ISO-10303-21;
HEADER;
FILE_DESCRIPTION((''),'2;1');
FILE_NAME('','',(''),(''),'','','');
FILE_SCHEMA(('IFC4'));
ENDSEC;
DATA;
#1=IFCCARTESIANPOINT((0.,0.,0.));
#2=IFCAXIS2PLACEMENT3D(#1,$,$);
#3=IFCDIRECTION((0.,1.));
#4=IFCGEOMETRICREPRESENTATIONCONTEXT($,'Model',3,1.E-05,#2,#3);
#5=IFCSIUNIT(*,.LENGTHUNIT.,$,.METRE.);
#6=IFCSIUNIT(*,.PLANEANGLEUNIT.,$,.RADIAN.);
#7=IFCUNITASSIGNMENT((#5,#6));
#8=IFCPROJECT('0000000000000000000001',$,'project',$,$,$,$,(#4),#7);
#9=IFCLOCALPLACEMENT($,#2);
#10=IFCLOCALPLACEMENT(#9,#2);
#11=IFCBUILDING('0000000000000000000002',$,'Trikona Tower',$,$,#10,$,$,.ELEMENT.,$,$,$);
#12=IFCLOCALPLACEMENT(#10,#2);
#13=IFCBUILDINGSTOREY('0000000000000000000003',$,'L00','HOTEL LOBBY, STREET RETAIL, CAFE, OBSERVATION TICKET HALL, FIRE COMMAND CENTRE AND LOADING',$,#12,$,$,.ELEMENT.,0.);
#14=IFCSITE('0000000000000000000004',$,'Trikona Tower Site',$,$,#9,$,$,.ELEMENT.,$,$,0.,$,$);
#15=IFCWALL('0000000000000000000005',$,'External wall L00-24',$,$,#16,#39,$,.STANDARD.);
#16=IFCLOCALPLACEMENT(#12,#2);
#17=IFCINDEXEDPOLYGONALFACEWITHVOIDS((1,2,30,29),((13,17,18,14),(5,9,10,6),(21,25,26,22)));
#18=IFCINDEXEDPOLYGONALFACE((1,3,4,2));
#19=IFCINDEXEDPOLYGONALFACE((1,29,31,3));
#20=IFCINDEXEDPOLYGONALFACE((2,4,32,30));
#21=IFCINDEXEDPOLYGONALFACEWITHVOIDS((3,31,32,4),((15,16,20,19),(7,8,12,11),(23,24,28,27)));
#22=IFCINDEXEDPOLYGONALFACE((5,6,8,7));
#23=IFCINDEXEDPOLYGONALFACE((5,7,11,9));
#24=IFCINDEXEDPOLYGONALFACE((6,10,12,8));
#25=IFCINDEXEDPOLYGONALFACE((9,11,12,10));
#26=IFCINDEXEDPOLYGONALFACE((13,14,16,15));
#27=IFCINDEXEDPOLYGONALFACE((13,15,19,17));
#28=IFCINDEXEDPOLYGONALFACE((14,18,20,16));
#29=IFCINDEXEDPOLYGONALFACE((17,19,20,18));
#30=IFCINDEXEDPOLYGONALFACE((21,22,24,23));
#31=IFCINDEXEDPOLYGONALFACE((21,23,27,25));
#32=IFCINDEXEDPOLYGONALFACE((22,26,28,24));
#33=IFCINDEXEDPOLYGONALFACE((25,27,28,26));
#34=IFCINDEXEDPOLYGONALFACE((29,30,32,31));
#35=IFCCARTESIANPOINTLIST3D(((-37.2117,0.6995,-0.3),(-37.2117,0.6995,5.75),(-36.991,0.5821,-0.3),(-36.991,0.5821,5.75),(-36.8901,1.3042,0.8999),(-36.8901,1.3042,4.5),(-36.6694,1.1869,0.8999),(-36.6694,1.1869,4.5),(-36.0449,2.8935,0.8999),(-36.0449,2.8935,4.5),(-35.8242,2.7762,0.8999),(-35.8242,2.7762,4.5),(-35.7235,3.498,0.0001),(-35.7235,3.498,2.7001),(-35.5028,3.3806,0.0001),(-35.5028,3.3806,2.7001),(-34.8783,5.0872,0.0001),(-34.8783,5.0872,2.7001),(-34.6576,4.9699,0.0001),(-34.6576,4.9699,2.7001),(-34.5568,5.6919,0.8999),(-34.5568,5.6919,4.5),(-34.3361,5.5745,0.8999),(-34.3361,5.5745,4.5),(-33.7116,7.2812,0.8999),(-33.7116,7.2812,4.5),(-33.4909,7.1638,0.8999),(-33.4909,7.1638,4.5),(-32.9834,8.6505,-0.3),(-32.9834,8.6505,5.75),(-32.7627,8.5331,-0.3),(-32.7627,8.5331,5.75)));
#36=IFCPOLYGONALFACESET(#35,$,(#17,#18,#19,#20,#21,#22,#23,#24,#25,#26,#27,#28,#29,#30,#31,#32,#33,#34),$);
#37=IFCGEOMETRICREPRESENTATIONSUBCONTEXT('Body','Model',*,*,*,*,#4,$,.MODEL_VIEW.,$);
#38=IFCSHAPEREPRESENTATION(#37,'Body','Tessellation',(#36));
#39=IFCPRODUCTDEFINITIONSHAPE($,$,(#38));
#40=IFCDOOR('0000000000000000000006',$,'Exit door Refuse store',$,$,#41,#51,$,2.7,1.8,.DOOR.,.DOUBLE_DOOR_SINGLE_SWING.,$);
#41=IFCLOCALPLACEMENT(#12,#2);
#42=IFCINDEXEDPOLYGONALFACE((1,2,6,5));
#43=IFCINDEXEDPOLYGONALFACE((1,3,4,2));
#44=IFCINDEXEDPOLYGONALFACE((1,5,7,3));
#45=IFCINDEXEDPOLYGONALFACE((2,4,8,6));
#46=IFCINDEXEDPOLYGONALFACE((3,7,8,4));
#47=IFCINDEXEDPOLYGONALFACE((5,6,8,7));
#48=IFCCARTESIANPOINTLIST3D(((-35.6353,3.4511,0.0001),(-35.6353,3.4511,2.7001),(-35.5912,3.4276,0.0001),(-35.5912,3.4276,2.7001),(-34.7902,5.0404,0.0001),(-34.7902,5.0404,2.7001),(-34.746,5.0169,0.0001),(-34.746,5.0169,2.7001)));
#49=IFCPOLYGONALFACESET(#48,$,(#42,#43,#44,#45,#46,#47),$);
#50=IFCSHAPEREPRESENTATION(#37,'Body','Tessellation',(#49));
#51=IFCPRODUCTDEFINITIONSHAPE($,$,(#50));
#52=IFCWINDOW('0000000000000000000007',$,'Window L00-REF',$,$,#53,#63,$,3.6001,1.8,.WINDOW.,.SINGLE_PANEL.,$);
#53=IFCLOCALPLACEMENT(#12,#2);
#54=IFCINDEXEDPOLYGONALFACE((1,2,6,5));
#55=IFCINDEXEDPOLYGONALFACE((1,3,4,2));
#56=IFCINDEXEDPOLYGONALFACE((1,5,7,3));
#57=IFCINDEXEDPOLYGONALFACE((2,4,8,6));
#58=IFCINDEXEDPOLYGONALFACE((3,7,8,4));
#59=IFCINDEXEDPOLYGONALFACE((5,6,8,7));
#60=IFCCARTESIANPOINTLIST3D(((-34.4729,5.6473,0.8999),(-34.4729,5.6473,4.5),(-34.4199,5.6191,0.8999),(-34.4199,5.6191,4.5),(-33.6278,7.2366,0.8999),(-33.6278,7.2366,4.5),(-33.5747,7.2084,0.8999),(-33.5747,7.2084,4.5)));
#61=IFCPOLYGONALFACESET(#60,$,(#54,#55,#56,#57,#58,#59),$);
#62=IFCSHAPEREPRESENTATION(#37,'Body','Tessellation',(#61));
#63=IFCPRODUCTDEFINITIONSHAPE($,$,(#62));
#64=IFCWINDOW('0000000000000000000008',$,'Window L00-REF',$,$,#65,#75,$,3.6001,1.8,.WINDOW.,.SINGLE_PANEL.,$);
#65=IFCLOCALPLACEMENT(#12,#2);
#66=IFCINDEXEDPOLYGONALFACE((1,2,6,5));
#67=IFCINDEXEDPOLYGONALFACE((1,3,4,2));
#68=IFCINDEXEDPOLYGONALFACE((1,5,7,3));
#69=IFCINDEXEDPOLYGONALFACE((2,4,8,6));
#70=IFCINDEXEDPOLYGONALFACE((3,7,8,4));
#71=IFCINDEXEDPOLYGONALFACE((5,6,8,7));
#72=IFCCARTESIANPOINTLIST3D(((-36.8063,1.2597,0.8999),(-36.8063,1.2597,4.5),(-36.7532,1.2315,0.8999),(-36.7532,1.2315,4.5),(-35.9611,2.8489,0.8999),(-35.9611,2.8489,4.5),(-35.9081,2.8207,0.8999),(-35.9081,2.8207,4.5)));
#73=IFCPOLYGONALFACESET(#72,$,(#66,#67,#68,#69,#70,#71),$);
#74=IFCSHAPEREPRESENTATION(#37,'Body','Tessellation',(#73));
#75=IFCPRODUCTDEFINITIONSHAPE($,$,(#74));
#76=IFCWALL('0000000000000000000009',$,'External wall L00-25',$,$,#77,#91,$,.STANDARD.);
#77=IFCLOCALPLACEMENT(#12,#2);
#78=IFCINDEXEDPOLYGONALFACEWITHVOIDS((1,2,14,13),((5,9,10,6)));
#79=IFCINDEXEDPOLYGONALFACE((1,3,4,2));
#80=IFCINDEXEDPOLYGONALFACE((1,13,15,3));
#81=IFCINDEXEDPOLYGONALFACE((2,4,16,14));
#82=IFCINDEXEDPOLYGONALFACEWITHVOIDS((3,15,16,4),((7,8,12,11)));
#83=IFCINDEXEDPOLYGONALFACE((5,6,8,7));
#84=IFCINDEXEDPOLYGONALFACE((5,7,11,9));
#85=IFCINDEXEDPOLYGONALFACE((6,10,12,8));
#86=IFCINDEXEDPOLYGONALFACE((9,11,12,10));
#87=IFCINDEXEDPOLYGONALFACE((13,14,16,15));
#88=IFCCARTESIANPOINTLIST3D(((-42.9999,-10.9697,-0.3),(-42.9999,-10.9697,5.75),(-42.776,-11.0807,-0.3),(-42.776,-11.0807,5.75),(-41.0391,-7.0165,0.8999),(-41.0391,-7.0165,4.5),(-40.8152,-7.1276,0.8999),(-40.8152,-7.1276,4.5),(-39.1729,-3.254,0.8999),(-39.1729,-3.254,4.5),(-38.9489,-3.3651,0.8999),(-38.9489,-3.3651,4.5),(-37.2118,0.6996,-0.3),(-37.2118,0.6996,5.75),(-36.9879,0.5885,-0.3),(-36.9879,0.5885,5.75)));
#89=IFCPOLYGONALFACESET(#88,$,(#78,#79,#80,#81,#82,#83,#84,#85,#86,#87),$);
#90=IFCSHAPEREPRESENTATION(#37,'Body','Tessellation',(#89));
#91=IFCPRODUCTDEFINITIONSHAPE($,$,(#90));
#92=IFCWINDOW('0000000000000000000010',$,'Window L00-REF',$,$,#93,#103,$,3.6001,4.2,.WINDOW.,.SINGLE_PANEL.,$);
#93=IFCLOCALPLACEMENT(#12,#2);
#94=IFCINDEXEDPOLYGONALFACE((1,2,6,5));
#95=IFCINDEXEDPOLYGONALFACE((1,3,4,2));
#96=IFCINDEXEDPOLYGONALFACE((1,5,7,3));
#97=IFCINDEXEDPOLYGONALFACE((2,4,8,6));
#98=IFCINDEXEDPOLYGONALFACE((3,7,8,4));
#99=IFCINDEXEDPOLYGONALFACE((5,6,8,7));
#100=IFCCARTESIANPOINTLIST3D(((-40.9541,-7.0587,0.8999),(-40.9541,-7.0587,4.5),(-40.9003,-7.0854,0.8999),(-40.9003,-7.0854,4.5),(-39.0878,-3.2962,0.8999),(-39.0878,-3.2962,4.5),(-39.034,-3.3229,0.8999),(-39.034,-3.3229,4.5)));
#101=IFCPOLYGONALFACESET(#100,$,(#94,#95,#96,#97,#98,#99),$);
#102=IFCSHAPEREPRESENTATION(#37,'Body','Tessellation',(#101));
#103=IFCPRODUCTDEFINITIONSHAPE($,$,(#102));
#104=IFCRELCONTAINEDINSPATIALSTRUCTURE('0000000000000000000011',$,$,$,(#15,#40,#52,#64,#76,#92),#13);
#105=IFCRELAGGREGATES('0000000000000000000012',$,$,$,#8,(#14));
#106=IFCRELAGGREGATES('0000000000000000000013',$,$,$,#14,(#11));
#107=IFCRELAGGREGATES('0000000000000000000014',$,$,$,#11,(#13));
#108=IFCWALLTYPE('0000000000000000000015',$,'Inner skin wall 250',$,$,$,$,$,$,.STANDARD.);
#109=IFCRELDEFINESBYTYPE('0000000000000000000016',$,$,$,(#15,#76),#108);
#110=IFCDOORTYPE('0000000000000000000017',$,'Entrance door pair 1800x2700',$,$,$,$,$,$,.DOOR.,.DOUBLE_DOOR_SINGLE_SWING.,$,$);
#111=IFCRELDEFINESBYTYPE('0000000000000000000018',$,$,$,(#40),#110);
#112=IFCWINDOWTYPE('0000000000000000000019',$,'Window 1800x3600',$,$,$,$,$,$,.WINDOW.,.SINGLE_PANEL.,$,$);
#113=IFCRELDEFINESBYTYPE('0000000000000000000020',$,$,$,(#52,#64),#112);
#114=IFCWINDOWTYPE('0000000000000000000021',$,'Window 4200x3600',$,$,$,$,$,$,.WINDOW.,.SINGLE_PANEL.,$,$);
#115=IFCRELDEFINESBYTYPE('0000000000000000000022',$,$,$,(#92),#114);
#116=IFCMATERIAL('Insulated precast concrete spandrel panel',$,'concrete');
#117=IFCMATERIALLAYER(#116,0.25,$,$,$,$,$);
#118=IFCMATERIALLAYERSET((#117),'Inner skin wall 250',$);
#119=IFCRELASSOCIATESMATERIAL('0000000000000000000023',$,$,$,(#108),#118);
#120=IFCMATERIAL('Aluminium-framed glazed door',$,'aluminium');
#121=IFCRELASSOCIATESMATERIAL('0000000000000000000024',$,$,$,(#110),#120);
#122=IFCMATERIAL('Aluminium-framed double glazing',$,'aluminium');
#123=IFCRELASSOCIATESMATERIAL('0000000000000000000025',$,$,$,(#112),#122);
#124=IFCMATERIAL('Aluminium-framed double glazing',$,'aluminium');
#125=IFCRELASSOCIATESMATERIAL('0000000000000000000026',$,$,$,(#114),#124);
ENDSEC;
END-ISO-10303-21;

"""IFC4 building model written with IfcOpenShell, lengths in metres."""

from ifc_helpers import new_model, si_unit, direction, frame, frame_2d, origin, place, context, subcontext, project, spatial, rectangle, extrude, material, layer, layer_set, type_object, element, fill, save


model = new_model("IFC4")

# Units and contexts
model_context = context("Model", 3, precision=1e-05, world=origin(), true_north=direction((0.0, 1.0)))
body_context = subcontext(model_context, "Body", "Model", "MODEL_VIEW")
ifc_project = project(units=[si_unit("LENGTHUNIT", "METRE"), si_unit("PLANEANGLEUNIT", "RADIAN")], contexts=[model_context])

# Site, building, storey
site_placement = place(None, origin())
site = spatial("IfcSite", under=ifc_project, at=site_placement, Name="Trikona Tower Site", CompositionType="ELEMENT", RefElevation=0.0)
building_placement = place(site_placement, origin())
building = spatial("IfcBuilding", under=site, at=building_placement, Name="Trikona Tower", CompositionType="ELEMENT")
storey_placement = place(building_placement, origin())
storey = spatial("IfcBuildingStorey", under=building, at=storey_placement, Name="L00", Description="HOTEL LOBBY, STREET RETAIL, CAFE, OBSERVATION TICKET HALL, FIRE COMMAND CENTRE AND LOADING", CompositionType="ELEMENT", Elevation=0.0)

# Shared definitions
ifc_material_1 = material(Name="Insulated precast concrete spandrel panel", Category="concrete")
ifc_layer = layer(ifc_material_1, 0.25)
ifc_layer_set = layer_set([ifc_layer], Name="Inner skin wall 250")
wall_type = type_object("IfcWallType", Name="Inner skin wall 250", PredefinedType="STANDARD", material=ifc_layer_set)
ifc_material_2 = material(Name="Aluminium-framed glazed door", Category="aluminium")
door_type = type_object("IfcDoorType", Name="Entrance door pair 1800x2700", OperationType="DOUBLE_DOOR_SINGLE_SWING", PredefinedType="DOOR", material=ifc_material_2)

# Wall, openings, door, windows
wall_1_placement = place(storey_placement, frame((-32.873, 8.5918, -0.3), z_axis=(0.0, 0.0, 1.0), x_axis=(-0.469531, -0.882916, 0.0)))
wall_1 = element("IfcWall", 1, at=wall_1_placement, inside=storey, type_object=wall_type, Name="External wall L00-24", PredefinedType="STANDARD", context=body_context, shape_type="SweptSolid", body=[
    extrude(rectangle(XDim=9.0054, YDim=0.25, at=frame_2d((4.5027, 0.0))), origin(), (0.0, 0.0, 1.0), 6.05),
])
opening_1_placement = place(wall_1_placement, frame((4.0359, 0.0, 0.3)))
opening_1 = element("IfcOpeningElement", 2, at=opening_1_placement, cuts=wall_1, PredefinedType="OPENING", context=body_context, shape_type="SweptSolid", body=[
    extrude(rectangle(XDim=1.8, YDim=2.7, at=frame_2d((0.8999, 1.3501))), frame((0.0, 0.135, 0.0), z_axis=(0.0, -1.0, 0.0), x_axis=(1.0, 0.0, 0.0)), (0.0, 0.0, 1.0), 0.27),
])
opening_2_placement = place(wall_1_placement, frame((1.551, 0.0, 1.2)))
opening_2 = element("IfcOpeningElement", 3, at=opening_2_placement, cuts=wall_1, PredefinedType="OPENING", context=body_context, shape_type="SweptSolid", body=[
    extrude(rectangle(XDim=1.8, YDim=3.6001, at=frame_2d((0.8999, 1.8))), frame((0.0, 0.135, 0.0), z_axis=(0.0, -1.0, 0.0), x_axis=(1.0, 0.0, 0.0)), (0.0, 0.0, 1.0), 0.27),
])
opening_3_placement = place(wall_1_placement, frame((6.5205, 0.0, 1.2)))
opening_3 = element("IfcOpeningElement", 4, at=opening_3_placement, cuts=wall_1, PredefinedType="OPENING", context=body_context, shape_type="SweptSolid", body=[
    extrude(rectangle(XDim=1.8, YDim=3.6001, at=frame_2d((0.8999, 1.8))), frame((0.0, 0.135, 0.0), z_axis=(0.0, -1.0, 0.0), x_axis=(1.0, 0.0, 0.0)), (0.0, 0.0, 1.0), 0.27),
])
door_1_placement = place(opening_1_placement, origin())
door_1 = element("IfcDoor", 5, at=door_1_placement, inside=storey, type_object=door_type, Name="Exit door Refuse store", OperationType="DOUBLE_DOOR_SINGLE_SWING", OverallHeight=2.7, OverallWidth=1.8, PredefinedType="DOOR", context=body_context, shape_type="SweptSolid", body=[
    extrude(rectangle(XDim=1.8, YDim=2.7, at=frame_2d((0.8999, 1.3501))), frame((0.0, 0.0249, 0.0), z_axis=(0.0, -1.0, 0.0), x_axis=(1.0, 0.0, 0.0)), (0.0, 0.0, 1.0), 0.05),
])
fill(opening_1, door_1)
ifc_material_3 = material(Name="Aluminium-framed double glazing", Category="aluminium")
window_type_1 = type_object("IfcWindowType", Name="Window 1800x3600", PartitioningType="SINGLE_PANEL", PredefinedType="WINDOW", material=ifc_material_3)
window_1_placement = place(opening_2_placement, origin())
window_1 = element("IfcWindow", 6, at=window_1_placement, inside=storey, type_object=window_type_1, Name="Window L00-REF", OverallHeight=3.6001, OverallWidth=1.8, PartitioningType="SINGLE_PANEL", PredefinedType="WINDOW", context=body_context, shape_type="SweptSolid", body=[
    extrude(rectangle(XDim=1.8, YDim=3.6001, at=frame_2d((0.8999, 1.8))), frame((0.0, 0.03, 0.0), z_axis=(0.0, -1.0, 0.0), x_axis=(1.0, 0.0, 0.0)), (0.0, 0.0, 1.0), 0.0601),
])
fill(opening_2, window_1)
window_2_placement = place(opening_3_placement, origin())
window_2 = element("IfcWindow", 7, at=window_2_placement, inside=storey, type_object=window_type_1, Name="Window L00-REF", OverallHeight=3.6001, OverallWidth=1.8, PartitioningType="SINGLE_PANEL", PredefinedType="WINDOW", context=body_context, shape_type="SweptSolid", body=[
    extrude(rectangle(XDim=1.8, YDim=3.6001, at=frame_2d((0.8999, 1.8))), frame((0.0, 0.03, 0.0), z_axis=(0.0, -1.0, 0.0), x_axis=(1.0, 0.0, 0.0)), (0.0, 0.0, 1.0), 0.0601),
])
fill(opening_3, window_2)

# Wall, opening, window
wall_2_placement = place(storey_placement, frame((-37.0999, 0.644, -0.3), z_axis=(0.0, 0.0, 1.0), x_axis=(-0.444355, -0.895851, 0.0)))
wall_2 = element("IfcWall", 8, at=wall_2_placement, inside=storey, type_object=wall_type, Name="External wall L00-25", PredefinedType="STANDARD", context=body_context, shape_type="SweptSolid", body=[
    extrude(rectangle(XDim=13.0259, YDim=0.25, at=frame_2d((6.5129, 0.0))), origin(), (0.0, 0.0, 1.0), 6.05),
])
opening_4_placement = place(wall_2_placement, frame((4.4131, 0.0, 1.2)))
opening_4 = element("IfcOpeningElement", 9, at=opening_4_placement, cuts=wall_2, PredefinedType="OPENING", context=body_context, shape_type="SweptSolid", body=[
    extrude(rectangle(XDim=4.2, YDim=3.6001, at=frame_2d((2.1001, 1.8))), frame((0.0, 0.135, 0.0), z_axis=(0.0, -1.0, 0.0), x_axis=(1.0, 0.0, 0.0)), (0.0, 0.0, 1.0), 0.27),
])
ifc_material_4 = material(Name="Aluminium-framed double glazing", Category="aluminium")
window_type_2 = type_object("IfcWindowType", Name="Window 4200x3600", PartitioningType="SINGLE_PANEL", PredefinedType="WINDOW", material=ifc_material_4)
window_3_placement = place(opening_4_placement, origin())
window_3 = element("IfcWindow", 10, at=window_3_placement, inside=storey, type_object=window_type_2, Name="Window L00-REF", OverallHeight=3.6001, OverallWidth=4.2, PartitioningType="SINGLE_PANEL", PredefinedType="WINDOW", context=body_context, shape_type="SweptSolid", body=[
    extrude(rectangle(XDim=4.2, YDim=3.6001, at=frame_2d((2.1001, 1.8))), frame((0.0, 0.03, 0.0), z_axis=(0.0, -1.0, 0.0), x_axis=(1.0, 0.0, 0.0)), (0.0, 0.0, 1.0), 0.0601),
])
fill(opening_4, window_3)

save(model, "model.ifc")
